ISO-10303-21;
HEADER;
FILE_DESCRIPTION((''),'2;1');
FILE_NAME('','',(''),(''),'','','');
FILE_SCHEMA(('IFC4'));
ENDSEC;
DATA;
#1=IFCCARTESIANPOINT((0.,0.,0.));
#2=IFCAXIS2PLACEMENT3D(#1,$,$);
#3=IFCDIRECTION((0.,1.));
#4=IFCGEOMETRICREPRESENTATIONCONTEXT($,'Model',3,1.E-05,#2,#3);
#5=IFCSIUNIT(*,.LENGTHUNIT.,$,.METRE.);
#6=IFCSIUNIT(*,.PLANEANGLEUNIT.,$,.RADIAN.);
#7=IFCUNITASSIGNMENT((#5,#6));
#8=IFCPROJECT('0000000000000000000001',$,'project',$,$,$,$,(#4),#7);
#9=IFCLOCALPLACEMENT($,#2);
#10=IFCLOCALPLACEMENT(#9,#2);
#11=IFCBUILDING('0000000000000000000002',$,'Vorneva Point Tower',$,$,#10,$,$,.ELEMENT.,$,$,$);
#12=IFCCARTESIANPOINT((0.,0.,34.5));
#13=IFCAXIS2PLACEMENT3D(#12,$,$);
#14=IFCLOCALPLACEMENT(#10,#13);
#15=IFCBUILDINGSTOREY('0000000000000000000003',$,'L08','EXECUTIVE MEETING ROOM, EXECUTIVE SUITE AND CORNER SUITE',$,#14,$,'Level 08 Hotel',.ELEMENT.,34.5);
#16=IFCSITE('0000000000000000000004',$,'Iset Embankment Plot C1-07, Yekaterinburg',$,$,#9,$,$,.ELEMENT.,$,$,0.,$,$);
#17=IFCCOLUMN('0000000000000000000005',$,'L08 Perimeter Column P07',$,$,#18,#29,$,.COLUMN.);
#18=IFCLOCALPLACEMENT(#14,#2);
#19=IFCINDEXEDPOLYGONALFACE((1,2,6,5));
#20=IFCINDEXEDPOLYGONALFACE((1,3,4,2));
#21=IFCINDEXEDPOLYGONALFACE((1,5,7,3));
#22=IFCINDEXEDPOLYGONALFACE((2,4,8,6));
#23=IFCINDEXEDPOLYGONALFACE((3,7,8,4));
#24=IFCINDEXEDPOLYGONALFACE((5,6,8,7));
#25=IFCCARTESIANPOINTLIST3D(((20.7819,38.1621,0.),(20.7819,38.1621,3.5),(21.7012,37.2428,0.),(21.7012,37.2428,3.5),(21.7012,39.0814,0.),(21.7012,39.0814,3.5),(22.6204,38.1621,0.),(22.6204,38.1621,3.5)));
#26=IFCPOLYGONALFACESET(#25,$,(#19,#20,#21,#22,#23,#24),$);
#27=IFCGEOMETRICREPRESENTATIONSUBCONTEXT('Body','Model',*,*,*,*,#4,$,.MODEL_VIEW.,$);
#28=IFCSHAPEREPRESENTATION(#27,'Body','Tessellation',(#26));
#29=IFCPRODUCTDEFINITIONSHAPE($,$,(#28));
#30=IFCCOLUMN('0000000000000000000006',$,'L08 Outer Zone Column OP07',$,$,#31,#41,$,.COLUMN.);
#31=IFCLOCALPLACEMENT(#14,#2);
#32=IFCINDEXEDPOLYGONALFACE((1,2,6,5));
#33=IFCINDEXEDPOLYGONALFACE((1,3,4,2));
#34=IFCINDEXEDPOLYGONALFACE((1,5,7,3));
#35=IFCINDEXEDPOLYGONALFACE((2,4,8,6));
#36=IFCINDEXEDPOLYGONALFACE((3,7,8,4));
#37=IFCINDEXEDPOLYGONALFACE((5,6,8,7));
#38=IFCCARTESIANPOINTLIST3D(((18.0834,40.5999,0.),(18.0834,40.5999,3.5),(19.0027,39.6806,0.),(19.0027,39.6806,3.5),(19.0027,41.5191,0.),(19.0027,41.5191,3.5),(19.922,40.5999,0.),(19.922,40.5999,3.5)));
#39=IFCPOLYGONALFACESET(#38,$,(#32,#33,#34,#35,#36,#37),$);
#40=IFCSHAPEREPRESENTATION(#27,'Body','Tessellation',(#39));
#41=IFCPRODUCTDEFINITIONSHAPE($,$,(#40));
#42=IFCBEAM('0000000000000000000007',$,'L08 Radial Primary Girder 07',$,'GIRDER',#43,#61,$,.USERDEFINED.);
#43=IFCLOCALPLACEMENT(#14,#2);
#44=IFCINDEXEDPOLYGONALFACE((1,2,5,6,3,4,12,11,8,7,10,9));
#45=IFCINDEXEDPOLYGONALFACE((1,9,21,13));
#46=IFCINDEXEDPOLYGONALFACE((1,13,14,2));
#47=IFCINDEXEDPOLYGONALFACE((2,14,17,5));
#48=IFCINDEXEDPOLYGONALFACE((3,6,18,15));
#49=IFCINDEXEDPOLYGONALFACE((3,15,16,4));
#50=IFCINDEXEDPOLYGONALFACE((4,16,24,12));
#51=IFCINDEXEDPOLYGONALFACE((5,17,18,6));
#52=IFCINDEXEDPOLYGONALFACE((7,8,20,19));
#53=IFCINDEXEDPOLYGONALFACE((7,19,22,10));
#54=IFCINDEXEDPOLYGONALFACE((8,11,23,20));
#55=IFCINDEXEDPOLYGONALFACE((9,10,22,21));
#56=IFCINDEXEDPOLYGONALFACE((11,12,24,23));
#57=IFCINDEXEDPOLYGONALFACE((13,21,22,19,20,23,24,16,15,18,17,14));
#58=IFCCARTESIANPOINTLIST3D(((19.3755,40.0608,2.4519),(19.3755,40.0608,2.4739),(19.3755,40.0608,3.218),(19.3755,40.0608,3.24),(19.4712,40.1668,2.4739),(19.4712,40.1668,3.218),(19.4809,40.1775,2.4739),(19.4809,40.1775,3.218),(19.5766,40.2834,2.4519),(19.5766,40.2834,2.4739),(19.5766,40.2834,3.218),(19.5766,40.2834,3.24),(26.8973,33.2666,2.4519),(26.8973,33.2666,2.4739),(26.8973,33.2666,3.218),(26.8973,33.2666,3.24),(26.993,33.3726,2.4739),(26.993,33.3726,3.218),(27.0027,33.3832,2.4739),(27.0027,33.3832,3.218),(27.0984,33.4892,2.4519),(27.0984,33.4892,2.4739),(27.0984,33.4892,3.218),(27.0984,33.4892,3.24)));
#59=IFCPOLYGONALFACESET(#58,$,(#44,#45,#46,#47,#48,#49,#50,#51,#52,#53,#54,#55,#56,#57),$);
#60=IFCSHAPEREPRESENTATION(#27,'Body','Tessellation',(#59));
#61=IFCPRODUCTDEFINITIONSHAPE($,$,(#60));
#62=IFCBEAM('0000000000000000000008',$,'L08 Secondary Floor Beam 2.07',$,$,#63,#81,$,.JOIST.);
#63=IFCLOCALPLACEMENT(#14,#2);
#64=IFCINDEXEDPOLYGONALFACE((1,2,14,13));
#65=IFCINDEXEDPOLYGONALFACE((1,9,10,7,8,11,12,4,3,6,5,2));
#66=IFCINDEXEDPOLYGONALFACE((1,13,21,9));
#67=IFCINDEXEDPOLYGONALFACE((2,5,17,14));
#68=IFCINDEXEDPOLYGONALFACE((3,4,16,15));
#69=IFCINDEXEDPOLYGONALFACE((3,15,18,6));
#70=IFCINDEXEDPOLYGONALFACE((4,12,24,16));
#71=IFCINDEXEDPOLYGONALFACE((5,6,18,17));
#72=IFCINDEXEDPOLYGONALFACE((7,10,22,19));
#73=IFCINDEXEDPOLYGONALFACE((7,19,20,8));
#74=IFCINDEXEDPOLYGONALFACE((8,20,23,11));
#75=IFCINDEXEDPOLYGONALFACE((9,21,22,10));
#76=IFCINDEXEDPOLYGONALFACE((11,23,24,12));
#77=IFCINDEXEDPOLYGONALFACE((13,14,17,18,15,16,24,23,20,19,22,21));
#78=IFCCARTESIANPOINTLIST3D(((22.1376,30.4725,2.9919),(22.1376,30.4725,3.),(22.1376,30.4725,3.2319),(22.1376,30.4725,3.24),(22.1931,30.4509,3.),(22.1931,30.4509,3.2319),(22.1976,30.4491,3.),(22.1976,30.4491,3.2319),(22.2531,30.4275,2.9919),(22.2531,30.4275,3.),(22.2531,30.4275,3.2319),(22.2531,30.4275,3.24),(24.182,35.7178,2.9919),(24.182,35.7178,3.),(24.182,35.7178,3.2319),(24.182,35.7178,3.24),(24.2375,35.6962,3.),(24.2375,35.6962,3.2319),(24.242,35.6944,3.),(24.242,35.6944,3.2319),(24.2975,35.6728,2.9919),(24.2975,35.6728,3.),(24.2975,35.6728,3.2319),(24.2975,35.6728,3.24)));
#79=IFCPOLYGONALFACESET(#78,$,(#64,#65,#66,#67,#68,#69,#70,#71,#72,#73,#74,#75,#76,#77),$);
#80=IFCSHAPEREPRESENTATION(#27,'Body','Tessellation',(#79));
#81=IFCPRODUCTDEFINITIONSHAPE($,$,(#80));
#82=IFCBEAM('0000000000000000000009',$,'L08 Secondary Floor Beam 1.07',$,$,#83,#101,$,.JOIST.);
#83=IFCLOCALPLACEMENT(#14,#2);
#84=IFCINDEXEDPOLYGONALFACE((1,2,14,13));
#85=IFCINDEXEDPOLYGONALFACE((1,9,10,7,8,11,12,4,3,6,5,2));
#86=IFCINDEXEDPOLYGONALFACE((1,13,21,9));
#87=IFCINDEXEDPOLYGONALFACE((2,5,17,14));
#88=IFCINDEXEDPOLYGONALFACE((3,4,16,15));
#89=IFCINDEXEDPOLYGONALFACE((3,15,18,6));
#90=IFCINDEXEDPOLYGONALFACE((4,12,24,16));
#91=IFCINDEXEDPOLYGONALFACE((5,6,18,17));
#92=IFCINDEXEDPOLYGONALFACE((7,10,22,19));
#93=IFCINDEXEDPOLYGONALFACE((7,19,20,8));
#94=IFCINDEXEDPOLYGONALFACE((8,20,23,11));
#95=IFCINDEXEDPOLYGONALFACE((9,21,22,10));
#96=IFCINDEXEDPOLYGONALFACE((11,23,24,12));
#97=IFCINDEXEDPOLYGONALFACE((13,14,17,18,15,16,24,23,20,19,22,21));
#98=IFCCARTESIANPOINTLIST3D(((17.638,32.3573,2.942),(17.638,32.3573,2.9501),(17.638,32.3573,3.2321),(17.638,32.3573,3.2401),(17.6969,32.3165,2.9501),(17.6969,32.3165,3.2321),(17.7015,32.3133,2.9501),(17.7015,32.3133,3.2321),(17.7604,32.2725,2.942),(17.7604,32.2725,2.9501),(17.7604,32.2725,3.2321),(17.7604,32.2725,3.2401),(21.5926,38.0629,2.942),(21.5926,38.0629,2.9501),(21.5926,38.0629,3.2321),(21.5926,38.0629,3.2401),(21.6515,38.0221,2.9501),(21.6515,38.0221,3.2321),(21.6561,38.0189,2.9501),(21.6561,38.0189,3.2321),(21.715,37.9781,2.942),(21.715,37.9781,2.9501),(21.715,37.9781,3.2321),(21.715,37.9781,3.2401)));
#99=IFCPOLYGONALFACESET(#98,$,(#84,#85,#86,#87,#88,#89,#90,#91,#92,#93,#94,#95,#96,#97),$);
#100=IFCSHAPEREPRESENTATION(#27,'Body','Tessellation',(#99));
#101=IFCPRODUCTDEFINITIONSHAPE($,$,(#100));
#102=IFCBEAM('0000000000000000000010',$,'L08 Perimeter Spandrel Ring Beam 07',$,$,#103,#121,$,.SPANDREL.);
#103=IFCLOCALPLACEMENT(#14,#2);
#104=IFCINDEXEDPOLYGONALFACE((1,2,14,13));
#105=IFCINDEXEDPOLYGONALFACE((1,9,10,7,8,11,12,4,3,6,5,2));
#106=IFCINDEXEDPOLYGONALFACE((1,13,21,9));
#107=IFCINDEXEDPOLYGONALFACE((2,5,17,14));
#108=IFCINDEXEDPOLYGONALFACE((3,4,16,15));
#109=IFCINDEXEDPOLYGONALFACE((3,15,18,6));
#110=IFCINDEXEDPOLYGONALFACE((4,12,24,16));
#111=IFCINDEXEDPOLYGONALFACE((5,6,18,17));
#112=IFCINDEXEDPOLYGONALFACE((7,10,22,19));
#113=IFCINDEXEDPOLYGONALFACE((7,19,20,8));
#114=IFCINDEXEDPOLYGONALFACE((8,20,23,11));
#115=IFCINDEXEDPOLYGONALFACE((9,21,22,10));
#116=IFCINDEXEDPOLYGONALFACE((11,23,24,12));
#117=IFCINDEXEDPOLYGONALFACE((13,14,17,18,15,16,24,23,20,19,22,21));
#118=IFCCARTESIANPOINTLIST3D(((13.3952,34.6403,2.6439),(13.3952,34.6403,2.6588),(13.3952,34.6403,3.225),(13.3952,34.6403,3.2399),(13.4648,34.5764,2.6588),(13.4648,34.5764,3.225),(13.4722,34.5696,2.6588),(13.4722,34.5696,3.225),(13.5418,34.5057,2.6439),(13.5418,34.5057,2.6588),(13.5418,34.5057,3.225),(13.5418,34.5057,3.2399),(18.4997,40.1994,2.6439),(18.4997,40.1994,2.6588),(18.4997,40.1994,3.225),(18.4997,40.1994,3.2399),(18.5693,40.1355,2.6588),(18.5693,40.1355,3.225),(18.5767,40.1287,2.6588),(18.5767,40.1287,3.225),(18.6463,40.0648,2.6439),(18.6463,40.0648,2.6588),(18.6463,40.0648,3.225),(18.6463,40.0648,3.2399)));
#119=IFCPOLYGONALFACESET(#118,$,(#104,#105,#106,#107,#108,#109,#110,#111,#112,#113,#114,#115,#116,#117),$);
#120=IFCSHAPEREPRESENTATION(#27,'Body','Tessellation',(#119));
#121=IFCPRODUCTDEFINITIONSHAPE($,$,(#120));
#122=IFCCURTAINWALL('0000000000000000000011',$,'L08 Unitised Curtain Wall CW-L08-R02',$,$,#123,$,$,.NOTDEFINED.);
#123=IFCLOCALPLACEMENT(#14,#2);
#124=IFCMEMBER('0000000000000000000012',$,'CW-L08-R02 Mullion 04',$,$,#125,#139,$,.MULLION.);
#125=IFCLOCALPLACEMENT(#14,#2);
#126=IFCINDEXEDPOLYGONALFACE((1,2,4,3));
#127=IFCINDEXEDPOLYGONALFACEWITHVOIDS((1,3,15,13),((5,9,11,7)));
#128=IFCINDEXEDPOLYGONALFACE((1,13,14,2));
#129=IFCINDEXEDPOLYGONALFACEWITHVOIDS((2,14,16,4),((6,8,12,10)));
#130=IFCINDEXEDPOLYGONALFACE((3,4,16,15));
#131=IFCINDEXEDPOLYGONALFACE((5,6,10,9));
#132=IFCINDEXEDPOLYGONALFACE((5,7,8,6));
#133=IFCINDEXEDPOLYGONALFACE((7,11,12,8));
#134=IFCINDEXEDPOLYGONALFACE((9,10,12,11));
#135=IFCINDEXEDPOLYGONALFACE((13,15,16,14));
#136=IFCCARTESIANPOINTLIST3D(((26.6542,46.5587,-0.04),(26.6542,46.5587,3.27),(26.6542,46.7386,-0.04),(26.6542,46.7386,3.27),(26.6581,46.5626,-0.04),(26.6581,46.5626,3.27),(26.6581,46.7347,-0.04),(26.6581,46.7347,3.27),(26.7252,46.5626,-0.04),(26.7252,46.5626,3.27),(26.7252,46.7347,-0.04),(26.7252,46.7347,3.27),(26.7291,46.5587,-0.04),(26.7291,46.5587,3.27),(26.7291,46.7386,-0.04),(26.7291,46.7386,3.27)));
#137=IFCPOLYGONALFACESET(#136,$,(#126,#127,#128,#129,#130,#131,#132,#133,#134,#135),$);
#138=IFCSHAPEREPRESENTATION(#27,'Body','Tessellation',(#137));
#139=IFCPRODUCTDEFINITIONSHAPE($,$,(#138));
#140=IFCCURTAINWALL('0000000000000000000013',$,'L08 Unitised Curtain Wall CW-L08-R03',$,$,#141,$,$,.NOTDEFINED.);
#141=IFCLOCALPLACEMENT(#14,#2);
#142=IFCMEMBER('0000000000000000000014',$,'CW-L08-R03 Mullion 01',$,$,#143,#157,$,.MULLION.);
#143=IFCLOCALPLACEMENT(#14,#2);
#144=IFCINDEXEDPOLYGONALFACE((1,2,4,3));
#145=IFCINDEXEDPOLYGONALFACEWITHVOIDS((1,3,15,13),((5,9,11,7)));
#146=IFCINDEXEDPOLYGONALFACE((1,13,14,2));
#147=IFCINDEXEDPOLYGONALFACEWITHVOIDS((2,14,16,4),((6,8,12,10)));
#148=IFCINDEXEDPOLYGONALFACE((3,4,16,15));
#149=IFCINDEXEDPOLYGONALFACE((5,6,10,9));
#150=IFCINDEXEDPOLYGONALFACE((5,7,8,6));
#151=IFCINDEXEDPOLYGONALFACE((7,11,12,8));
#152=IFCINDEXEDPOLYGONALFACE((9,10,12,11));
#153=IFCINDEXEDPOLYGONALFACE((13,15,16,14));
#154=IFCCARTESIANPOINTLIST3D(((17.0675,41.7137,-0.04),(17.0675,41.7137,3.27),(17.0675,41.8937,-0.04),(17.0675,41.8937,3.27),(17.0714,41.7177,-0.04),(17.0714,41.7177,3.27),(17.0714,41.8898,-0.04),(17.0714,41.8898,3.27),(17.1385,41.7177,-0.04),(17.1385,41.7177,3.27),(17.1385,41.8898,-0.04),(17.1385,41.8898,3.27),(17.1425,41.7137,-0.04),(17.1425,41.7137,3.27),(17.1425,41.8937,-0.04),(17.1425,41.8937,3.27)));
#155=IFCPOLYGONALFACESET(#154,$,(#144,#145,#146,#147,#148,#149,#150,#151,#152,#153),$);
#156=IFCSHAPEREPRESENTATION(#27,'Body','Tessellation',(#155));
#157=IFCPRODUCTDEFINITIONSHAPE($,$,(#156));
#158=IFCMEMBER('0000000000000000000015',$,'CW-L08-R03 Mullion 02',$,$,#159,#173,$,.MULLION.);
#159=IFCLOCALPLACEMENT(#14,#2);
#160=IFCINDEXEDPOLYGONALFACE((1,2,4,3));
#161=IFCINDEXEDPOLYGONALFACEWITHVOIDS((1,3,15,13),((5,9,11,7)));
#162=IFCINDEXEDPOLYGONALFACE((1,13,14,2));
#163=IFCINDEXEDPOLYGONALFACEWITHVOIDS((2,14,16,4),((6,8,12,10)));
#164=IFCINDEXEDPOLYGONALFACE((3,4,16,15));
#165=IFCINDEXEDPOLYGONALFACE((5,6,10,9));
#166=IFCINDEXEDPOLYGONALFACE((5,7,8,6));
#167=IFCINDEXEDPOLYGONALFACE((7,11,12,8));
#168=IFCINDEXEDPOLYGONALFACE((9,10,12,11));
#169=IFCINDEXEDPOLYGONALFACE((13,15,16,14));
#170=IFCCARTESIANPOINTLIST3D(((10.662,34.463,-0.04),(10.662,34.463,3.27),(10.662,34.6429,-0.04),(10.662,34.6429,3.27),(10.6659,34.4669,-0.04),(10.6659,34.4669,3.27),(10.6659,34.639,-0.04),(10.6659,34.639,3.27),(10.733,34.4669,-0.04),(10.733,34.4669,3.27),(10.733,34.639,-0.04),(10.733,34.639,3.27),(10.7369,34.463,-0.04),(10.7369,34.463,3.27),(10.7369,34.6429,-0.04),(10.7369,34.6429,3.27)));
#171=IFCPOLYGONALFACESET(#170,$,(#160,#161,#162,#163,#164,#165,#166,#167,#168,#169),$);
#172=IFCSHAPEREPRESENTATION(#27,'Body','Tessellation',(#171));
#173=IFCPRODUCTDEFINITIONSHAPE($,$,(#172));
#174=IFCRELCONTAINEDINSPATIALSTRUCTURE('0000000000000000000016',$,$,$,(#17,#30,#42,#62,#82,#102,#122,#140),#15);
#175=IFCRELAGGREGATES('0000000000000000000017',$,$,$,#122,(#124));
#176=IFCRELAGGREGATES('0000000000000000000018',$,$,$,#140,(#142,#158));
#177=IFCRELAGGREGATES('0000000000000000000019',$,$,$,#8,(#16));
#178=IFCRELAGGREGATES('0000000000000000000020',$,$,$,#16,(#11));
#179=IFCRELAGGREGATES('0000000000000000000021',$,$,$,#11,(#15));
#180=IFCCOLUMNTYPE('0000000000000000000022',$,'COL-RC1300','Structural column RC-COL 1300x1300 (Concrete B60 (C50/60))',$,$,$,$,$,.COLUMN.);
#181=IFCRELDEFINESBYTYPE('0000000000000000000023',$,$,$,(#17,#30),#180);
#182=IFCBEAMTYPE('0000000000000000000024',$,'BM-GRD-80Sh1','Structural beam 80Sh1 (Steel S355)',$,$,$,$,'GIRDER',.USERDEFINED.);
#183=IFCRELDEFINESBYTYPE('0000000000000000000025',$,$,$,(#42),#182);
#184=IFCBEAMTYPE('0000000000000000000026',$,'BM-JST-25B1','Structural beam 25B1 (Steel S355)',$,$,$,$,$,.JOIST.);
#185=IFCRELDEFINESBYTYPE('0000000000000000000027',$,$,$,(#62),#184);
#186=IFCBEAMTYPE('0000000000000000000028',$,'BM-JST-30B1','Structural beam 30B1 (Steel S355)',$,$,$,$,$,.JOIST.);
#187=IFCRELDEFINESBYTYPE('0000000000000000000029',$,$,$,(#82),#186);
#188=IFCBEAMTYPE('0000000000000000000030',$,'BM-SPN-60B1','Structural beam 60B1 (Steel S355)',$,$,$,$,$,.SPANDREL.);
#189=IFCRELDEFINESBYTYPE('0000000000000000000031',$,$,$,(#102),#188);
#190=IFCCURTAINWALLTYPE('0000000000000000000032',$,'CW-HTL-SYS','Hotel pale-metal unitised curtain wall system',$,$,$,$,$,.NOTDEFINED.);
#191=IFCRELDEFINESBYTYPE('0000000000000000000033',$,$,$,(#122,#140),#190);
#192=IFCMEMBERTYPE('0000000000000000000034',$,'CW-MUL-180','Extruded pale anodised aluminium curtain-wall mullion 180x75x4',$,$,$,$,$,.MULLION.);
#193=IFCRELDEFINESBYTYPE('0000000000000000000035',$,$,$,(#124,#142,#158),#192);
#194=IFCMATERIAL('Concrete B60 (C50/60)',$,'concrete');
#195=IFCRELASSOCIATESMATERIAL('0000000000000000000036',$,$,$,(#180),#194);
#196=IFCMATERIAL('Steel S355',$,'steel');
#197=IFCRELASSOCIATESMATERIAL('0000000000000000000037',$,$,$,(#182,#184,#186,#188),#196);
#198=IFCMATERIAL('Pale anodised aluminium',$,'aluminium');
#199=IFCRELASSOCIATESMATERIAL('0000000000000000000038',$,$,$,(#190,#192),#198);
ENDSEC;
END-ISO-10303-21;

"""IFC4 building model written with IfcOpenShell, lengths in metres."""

from ifc_helpers import new_model, si_unit, direction, frame, origin, origin_2d, place, context, subcontext, project, spatial, rectangle, hollow_rectangle, i_section, extrude, material, material_profile, profile_set, type_object, element, aggregate, save


model = new_model("IFC4")

# Units and contexts
model_context = context("Model", 3, precision=1e-05, world=origin(), true_north=direction((0.0, 1.0)))
body_context = subcontext(model_context, "Body", "Model", "MODEL_VIEW")
ifc_project = project(units=[si_unit("LENGTHUNIT", "METRE"), si_unit("PLANEANGLEUNIT", "RADIAN")], contexts=[model_context])

# Site, building, storey
site_placement = place(None, origin())
site = spatial("IfcSite", under=ifc_project, at=site_placement, Name="Iset Embankment Plot C1-07, Yekaterinburg", CompositionType="ELEMENT", RefElevation=0.0)
building_placement = place(site_placement, origin())
building = spatial("IfcBuilding", under=site, at=building_placement, Name="Vorneva Point Tower", CompositionType="ELEMENT")
storey_placement = place(building_placement, frame((0.0, 0.0, 34.5)))
storey = spatial("IfcBuildingStorey", under=building, at=storey_placement, Name="L08", Description="EXECUTIVE MEETING ROOM, EXECUTIVE SUITE AND CORNER SUITE", LongName="Level 08 Hotel", CompositionType="ELEMENT", Elevation=34.5)

# Columns
ifc_material_1 = material(Name="Concrete B60 (C50/60)", Category="concrete")
ifc_material_profile_1 = material_profile(ifc_material_1, rectangle(XDim=1.3, YDim=1.3, at=origin_2d()), Name="RC-COL 1300x1300")
ifc_profile_set_1 = profile_set([ifc_material_profile_1], Name="Concrete B60 (C50/60)")
column_type = type_object("IfcColumnType", Name="COL-RC1300", Description="Structural column RC-COL 1300x1300 (Concrete B60 (C50/60))", PredefinedType="COLUMN", material=ifc_profile_set_1)
for number, where, z_axis, x_axis, name in (
    (1, (21.7012, 38.1621, 0.0), (0.0, 0.0, 1.0), (-0.707107, 0.707107, 0.0), "L08 Perimeter Column P07"),
    (2, (19.0027, 40.5999, 0.0), (0.0, 0.0, 1.0), (-0.707107, 0.707107, 0.0), "L08 Outer Zone Column OP07"),
):
    element("IfcColumn", number, at=place(storey_placement, frame(where, z_axis=z_axis, x_axis=x_axis)), inside=storey, type_object=column_type, Name=name, PredefinedType="COLUMN", context=body_context, shape_type="SweptSolid", body=[
        extrude(rectangle(XDim=1.3, YDim=1.3, at=origin_2d()), origin(), (0.0, 0.0, 1.0), 3.5),
    ])

# Beams
ifc_material_2 = material(Name="Steel S355", Category="steel")
ifc_material_profile_2 = material_profile(ifc_material_2, i_section(OverallWidth=0.3, OverallDepth=0.7881, WebThickness=0.0144, FlangeThickness=0.022, at=origin_2d()), Name="80Sh1")
ifc_profile_set_2 = profile_set([ifc_material_profile_2], Name="Steel S355")
beam_type_1 = type_object("IfcBeamType", Name="BM-GRD-80Sh1", Description="Structural beam 80Sh1 (Steel S355)", ElementType="GIRDER", PredefinedType="USERDEFINED", material=ifc_profile_set_2)
beam_1_placement = place(storey_placement, frame((19.4761, 40.1721, 2.8459), z_axis=(0.742084, -0.670306, 0.0), x_axis=(0.670306, 0.742084, 0.0)))
element("IfcBeam", 3, at=beam_1_placement, inside=storey, type_object=beam_type_1, Name="L08 Radial Primary Girder 07", ObjectType="GIRDER", PredefinedType="USERDEFINED", context=body_context, shape_type="SweptSolid", body=[
    extrude(i_section(OverallWidth=0.3, OverallDepth=0.7881, WebThickness=0.0144, FlangeThickness=0.022, at=origin_2d()), origin(), (0.0, 0.0, 1.0), 10.136),
])
ifc_material_profile_3 = material_profile(ifc_material_2, i_section(OverallWidth=0.124, OverallDepth=0.248, WebThickness=0.0049, FlangeThickness=0.0081, at=origin_2d()), Name="25B1")
ifc_profile_set_3 = profile_set([ifc_material_profile_3], Name="Steel S355")
beam_type_2 = type_object("IfcBeamType", Name="BM-JST-25B1", Description="Structural beam 25B1 (Steel S355)", PredefinedType="JOIST", material=ifc_profile_set_3)
beam_2_placement = place(storey_placement, frame((24.2397, 35.6953, 3.116), z_axis=(-0.363151, -0.93173, 0.0), x_axis=(0.93173, -0.363151, 0.0)))
element("IfcBeam", 4, at=beam_2_placement, inside=storey, type_object=beam_type_2, Name="L08 Secondary Floor Beam 2.07", PredefinedType="JOIST", context=body_context, shape_type="SweptSolid", body=[
    extrude(i_section(OverallWidth=0.124, OverallDepth=0.248, WebThickness=0.0049, FlangeThickness=0.0081, at=origin_2d()), origin(), (0.0, 0.0, 1.0), 5.6296),
])
ifc_material_profile_4 = material_profile(ifc_material_2, i_section(OverallWidth=0.1489, OverallDepth=0.2981, WebThickness=0.0056, FlangeThickness=0.0081, at=origin_2d()), Name="30B1")
ifc_profile_set_4 = profile_set([ifc_material_profile_4], Name="Steel S355")
beam_type_3 = type_object("IfcBeamType", Name="BM-JST-30B1", Description="Structural beam 30B1 (Steel S355)", PredefinedType="JOIST", material=ifc_profile_set_4)
beam_3_placement = place(storey_placement, frame((21.6538, 38.0205, 3.0911), z_axis=(-0.569656, -0.821883, 0.0), x_axis=(0.821883, -0.569656, 0.0)))
element("IfcBeam", 5, at=beam_3_placement, inside=storey, type_object=beam_type_3, Name="L08 Secondary Floor Beam 1.07", PredefinedType="JOIST", context=body_context, shape_type="SweptSolid", body=[
    extrude(i_section(OverallWidth=0.1489, OverallDepth=0.2981, WebThickness=0.0056, FlangeThickness=0.0081, at=origin_2d()), origin(), (0.0, 0.0, 1.0), 6.9421),
])
ifc_material_profile_5 = material_profile(ifc_material_2, i_section(OverallWidth=0.199, OverallDepth=0.5959, WebThickness=0.01, FlangeThickness=0.0149, at=origin_2d()), Name="60B1")
ifc_profile_set_5 = profile_set([ifc_material_profile_5], Name="Steel S355")
beam_type_4 = type_object("IfcBeamType", Name="BM-SPN-60B1", Description="Structural beam 60B1 (Steel S355)", PredefinedType="SPANDREL", material=ifc_profile_set_5)
beam_4_placement = place(storey_placement, frame((18.573, 40.1321, 2.9419), z_axis=(-0.676348, -0.736582, 0.0), x_axis=(0.736582, -0.676348, 0.0)))
element("IfcBeam", 6, at=beam_4_placement, inside=storey, type_object=beam_type_4, Name="L08 Perimeter Spandrel Ring Beam 07", PredefinedType="SPANDREL", context=body_context, shape_type="SweptSolid", body=[
    extrude(i_section(OverallWidth=0.199, OverallDepth=0.5959, WebThickness=0.01, FlangeThickness=0.0149, at=origin_2d()), origin(), (0.0, 0.0, 1.0), 7.5471),
])

# Curtain wall, member
ifc_material_3 = material(Name="Pale anodised aluminium", Category="aluminium")
curtain_wall_type = type_object("IfcCurtainWallType", Name="CW-HTL-SYS", Description="Hotel pale-metal unitised curtain wall system", PredefinedType="NOTDEFINED", material=ifc_material_3)
curtain_wall_1_placement = place(storey_placement, origin())
curtain_wall_1 = element("IfcCurtainWall", 7, at=curtain_wall_1_placement, inside=storey, type_object=curtain_wall_type, Name="L08 Unitised Curtain Wall CW-L08-R02", PredefinedType="NOTDEFINED")
ifc_material_profile_6 = material_profile(ifc_material_3, hollow_rectangle(XDim=0.075, YDim=0.1799, WallThickness=0.0039, at=origin_2d()), Name="AL-MUL 180x75x4")
ifc_profile_set_6 = profile_set([ifc_material_profile_6], Name="Pale anodised aluminium")
member_type_1 = type_object("IfcMemberType", Name="CW-MUL-180", Description="Extruded pale anodised aluminium curtain-wall mullion 180x75x4", PredefinedType="MULLION", material=ifc_profile_set_6)
member_1_placement = place(storey_placement, frame((26.6917, 46.6487, -0.04), z_axis=(0.0, 0.0, 1.0), x_axis=(1.0, 0.0, 0.0)))
member_1 = element("IfcMember", 8, at=member_1_placement, type_object=member_type_1, Name="CW-L08-R02 Mullion 04", PredefinedType="MULLION", context=body_context, shape_type="SweptSolid", body=[
    extrude(hollow_rectangle(XDim=0.075, YDim=0.1799, WallThickness=0.0039, at=origin_2d()), origin(), (0.0, 0.0, 1.0), 3.3101),
])
aggregate(curtain_wall_1, [member_1])

# Curtain wall, members
curtain_wall_2_placement = place(storey_placement, origin())
curtain_wall_2 = element("IfcCurtainWall", 9, at=curtain_wall_2_placement, inside=storey, type_object=curtain_wall_type, Name="L08 Unitised Curtain Wall CW-L08-R03", PredefinedType="NOTDEFINED")
member_2_placement = place(storey_placement, frame((17.105, 41.8037, -0.04), z_axis=(0.0, 0.0, 1.0), x_axis=(1.0, 0.0, 0.0)))
member_2 = element("IfcMember", 10, at=member_2_placement, type_object=member_type_1, Name="CW-L08-R03 Mullion 01", PredefinedType="MULLION", context=body_context, shape_type="SweptSolid", body=[
    extrude(hollow_rectangle(XDim=0.075, YDim=0.1799, WallThickness=0.0039, at=origin_2d()), origin(), (0.0, 0.0, 1.0), 3.3101),
])
member_3_placement = place(storey_placement, frame((10.6995, 34.553, -0.04), z_axis=(0.0, 0.0, 1.0), x_axis=(1.0, 0.0, 0.0)))
member_3 = element("IfcMember", 11, at=member_3_placement, type_object=member_type_1, Name="CW-L08-R03 Mullion 02", PredefinedType="MULLION", context=body_context, shape_type="SweptSolid", body=[
    extrude(hollow_rectangle(XDim=0.075, YDim=0.1799, WallThickness=0.0039, at=origin_2d()), origin(), (0.0, 0.0, 1.0), 3.3101),
])
aggregate(curtain_wall_2, [member_2, member_3])

save(model, "model.ifc")
